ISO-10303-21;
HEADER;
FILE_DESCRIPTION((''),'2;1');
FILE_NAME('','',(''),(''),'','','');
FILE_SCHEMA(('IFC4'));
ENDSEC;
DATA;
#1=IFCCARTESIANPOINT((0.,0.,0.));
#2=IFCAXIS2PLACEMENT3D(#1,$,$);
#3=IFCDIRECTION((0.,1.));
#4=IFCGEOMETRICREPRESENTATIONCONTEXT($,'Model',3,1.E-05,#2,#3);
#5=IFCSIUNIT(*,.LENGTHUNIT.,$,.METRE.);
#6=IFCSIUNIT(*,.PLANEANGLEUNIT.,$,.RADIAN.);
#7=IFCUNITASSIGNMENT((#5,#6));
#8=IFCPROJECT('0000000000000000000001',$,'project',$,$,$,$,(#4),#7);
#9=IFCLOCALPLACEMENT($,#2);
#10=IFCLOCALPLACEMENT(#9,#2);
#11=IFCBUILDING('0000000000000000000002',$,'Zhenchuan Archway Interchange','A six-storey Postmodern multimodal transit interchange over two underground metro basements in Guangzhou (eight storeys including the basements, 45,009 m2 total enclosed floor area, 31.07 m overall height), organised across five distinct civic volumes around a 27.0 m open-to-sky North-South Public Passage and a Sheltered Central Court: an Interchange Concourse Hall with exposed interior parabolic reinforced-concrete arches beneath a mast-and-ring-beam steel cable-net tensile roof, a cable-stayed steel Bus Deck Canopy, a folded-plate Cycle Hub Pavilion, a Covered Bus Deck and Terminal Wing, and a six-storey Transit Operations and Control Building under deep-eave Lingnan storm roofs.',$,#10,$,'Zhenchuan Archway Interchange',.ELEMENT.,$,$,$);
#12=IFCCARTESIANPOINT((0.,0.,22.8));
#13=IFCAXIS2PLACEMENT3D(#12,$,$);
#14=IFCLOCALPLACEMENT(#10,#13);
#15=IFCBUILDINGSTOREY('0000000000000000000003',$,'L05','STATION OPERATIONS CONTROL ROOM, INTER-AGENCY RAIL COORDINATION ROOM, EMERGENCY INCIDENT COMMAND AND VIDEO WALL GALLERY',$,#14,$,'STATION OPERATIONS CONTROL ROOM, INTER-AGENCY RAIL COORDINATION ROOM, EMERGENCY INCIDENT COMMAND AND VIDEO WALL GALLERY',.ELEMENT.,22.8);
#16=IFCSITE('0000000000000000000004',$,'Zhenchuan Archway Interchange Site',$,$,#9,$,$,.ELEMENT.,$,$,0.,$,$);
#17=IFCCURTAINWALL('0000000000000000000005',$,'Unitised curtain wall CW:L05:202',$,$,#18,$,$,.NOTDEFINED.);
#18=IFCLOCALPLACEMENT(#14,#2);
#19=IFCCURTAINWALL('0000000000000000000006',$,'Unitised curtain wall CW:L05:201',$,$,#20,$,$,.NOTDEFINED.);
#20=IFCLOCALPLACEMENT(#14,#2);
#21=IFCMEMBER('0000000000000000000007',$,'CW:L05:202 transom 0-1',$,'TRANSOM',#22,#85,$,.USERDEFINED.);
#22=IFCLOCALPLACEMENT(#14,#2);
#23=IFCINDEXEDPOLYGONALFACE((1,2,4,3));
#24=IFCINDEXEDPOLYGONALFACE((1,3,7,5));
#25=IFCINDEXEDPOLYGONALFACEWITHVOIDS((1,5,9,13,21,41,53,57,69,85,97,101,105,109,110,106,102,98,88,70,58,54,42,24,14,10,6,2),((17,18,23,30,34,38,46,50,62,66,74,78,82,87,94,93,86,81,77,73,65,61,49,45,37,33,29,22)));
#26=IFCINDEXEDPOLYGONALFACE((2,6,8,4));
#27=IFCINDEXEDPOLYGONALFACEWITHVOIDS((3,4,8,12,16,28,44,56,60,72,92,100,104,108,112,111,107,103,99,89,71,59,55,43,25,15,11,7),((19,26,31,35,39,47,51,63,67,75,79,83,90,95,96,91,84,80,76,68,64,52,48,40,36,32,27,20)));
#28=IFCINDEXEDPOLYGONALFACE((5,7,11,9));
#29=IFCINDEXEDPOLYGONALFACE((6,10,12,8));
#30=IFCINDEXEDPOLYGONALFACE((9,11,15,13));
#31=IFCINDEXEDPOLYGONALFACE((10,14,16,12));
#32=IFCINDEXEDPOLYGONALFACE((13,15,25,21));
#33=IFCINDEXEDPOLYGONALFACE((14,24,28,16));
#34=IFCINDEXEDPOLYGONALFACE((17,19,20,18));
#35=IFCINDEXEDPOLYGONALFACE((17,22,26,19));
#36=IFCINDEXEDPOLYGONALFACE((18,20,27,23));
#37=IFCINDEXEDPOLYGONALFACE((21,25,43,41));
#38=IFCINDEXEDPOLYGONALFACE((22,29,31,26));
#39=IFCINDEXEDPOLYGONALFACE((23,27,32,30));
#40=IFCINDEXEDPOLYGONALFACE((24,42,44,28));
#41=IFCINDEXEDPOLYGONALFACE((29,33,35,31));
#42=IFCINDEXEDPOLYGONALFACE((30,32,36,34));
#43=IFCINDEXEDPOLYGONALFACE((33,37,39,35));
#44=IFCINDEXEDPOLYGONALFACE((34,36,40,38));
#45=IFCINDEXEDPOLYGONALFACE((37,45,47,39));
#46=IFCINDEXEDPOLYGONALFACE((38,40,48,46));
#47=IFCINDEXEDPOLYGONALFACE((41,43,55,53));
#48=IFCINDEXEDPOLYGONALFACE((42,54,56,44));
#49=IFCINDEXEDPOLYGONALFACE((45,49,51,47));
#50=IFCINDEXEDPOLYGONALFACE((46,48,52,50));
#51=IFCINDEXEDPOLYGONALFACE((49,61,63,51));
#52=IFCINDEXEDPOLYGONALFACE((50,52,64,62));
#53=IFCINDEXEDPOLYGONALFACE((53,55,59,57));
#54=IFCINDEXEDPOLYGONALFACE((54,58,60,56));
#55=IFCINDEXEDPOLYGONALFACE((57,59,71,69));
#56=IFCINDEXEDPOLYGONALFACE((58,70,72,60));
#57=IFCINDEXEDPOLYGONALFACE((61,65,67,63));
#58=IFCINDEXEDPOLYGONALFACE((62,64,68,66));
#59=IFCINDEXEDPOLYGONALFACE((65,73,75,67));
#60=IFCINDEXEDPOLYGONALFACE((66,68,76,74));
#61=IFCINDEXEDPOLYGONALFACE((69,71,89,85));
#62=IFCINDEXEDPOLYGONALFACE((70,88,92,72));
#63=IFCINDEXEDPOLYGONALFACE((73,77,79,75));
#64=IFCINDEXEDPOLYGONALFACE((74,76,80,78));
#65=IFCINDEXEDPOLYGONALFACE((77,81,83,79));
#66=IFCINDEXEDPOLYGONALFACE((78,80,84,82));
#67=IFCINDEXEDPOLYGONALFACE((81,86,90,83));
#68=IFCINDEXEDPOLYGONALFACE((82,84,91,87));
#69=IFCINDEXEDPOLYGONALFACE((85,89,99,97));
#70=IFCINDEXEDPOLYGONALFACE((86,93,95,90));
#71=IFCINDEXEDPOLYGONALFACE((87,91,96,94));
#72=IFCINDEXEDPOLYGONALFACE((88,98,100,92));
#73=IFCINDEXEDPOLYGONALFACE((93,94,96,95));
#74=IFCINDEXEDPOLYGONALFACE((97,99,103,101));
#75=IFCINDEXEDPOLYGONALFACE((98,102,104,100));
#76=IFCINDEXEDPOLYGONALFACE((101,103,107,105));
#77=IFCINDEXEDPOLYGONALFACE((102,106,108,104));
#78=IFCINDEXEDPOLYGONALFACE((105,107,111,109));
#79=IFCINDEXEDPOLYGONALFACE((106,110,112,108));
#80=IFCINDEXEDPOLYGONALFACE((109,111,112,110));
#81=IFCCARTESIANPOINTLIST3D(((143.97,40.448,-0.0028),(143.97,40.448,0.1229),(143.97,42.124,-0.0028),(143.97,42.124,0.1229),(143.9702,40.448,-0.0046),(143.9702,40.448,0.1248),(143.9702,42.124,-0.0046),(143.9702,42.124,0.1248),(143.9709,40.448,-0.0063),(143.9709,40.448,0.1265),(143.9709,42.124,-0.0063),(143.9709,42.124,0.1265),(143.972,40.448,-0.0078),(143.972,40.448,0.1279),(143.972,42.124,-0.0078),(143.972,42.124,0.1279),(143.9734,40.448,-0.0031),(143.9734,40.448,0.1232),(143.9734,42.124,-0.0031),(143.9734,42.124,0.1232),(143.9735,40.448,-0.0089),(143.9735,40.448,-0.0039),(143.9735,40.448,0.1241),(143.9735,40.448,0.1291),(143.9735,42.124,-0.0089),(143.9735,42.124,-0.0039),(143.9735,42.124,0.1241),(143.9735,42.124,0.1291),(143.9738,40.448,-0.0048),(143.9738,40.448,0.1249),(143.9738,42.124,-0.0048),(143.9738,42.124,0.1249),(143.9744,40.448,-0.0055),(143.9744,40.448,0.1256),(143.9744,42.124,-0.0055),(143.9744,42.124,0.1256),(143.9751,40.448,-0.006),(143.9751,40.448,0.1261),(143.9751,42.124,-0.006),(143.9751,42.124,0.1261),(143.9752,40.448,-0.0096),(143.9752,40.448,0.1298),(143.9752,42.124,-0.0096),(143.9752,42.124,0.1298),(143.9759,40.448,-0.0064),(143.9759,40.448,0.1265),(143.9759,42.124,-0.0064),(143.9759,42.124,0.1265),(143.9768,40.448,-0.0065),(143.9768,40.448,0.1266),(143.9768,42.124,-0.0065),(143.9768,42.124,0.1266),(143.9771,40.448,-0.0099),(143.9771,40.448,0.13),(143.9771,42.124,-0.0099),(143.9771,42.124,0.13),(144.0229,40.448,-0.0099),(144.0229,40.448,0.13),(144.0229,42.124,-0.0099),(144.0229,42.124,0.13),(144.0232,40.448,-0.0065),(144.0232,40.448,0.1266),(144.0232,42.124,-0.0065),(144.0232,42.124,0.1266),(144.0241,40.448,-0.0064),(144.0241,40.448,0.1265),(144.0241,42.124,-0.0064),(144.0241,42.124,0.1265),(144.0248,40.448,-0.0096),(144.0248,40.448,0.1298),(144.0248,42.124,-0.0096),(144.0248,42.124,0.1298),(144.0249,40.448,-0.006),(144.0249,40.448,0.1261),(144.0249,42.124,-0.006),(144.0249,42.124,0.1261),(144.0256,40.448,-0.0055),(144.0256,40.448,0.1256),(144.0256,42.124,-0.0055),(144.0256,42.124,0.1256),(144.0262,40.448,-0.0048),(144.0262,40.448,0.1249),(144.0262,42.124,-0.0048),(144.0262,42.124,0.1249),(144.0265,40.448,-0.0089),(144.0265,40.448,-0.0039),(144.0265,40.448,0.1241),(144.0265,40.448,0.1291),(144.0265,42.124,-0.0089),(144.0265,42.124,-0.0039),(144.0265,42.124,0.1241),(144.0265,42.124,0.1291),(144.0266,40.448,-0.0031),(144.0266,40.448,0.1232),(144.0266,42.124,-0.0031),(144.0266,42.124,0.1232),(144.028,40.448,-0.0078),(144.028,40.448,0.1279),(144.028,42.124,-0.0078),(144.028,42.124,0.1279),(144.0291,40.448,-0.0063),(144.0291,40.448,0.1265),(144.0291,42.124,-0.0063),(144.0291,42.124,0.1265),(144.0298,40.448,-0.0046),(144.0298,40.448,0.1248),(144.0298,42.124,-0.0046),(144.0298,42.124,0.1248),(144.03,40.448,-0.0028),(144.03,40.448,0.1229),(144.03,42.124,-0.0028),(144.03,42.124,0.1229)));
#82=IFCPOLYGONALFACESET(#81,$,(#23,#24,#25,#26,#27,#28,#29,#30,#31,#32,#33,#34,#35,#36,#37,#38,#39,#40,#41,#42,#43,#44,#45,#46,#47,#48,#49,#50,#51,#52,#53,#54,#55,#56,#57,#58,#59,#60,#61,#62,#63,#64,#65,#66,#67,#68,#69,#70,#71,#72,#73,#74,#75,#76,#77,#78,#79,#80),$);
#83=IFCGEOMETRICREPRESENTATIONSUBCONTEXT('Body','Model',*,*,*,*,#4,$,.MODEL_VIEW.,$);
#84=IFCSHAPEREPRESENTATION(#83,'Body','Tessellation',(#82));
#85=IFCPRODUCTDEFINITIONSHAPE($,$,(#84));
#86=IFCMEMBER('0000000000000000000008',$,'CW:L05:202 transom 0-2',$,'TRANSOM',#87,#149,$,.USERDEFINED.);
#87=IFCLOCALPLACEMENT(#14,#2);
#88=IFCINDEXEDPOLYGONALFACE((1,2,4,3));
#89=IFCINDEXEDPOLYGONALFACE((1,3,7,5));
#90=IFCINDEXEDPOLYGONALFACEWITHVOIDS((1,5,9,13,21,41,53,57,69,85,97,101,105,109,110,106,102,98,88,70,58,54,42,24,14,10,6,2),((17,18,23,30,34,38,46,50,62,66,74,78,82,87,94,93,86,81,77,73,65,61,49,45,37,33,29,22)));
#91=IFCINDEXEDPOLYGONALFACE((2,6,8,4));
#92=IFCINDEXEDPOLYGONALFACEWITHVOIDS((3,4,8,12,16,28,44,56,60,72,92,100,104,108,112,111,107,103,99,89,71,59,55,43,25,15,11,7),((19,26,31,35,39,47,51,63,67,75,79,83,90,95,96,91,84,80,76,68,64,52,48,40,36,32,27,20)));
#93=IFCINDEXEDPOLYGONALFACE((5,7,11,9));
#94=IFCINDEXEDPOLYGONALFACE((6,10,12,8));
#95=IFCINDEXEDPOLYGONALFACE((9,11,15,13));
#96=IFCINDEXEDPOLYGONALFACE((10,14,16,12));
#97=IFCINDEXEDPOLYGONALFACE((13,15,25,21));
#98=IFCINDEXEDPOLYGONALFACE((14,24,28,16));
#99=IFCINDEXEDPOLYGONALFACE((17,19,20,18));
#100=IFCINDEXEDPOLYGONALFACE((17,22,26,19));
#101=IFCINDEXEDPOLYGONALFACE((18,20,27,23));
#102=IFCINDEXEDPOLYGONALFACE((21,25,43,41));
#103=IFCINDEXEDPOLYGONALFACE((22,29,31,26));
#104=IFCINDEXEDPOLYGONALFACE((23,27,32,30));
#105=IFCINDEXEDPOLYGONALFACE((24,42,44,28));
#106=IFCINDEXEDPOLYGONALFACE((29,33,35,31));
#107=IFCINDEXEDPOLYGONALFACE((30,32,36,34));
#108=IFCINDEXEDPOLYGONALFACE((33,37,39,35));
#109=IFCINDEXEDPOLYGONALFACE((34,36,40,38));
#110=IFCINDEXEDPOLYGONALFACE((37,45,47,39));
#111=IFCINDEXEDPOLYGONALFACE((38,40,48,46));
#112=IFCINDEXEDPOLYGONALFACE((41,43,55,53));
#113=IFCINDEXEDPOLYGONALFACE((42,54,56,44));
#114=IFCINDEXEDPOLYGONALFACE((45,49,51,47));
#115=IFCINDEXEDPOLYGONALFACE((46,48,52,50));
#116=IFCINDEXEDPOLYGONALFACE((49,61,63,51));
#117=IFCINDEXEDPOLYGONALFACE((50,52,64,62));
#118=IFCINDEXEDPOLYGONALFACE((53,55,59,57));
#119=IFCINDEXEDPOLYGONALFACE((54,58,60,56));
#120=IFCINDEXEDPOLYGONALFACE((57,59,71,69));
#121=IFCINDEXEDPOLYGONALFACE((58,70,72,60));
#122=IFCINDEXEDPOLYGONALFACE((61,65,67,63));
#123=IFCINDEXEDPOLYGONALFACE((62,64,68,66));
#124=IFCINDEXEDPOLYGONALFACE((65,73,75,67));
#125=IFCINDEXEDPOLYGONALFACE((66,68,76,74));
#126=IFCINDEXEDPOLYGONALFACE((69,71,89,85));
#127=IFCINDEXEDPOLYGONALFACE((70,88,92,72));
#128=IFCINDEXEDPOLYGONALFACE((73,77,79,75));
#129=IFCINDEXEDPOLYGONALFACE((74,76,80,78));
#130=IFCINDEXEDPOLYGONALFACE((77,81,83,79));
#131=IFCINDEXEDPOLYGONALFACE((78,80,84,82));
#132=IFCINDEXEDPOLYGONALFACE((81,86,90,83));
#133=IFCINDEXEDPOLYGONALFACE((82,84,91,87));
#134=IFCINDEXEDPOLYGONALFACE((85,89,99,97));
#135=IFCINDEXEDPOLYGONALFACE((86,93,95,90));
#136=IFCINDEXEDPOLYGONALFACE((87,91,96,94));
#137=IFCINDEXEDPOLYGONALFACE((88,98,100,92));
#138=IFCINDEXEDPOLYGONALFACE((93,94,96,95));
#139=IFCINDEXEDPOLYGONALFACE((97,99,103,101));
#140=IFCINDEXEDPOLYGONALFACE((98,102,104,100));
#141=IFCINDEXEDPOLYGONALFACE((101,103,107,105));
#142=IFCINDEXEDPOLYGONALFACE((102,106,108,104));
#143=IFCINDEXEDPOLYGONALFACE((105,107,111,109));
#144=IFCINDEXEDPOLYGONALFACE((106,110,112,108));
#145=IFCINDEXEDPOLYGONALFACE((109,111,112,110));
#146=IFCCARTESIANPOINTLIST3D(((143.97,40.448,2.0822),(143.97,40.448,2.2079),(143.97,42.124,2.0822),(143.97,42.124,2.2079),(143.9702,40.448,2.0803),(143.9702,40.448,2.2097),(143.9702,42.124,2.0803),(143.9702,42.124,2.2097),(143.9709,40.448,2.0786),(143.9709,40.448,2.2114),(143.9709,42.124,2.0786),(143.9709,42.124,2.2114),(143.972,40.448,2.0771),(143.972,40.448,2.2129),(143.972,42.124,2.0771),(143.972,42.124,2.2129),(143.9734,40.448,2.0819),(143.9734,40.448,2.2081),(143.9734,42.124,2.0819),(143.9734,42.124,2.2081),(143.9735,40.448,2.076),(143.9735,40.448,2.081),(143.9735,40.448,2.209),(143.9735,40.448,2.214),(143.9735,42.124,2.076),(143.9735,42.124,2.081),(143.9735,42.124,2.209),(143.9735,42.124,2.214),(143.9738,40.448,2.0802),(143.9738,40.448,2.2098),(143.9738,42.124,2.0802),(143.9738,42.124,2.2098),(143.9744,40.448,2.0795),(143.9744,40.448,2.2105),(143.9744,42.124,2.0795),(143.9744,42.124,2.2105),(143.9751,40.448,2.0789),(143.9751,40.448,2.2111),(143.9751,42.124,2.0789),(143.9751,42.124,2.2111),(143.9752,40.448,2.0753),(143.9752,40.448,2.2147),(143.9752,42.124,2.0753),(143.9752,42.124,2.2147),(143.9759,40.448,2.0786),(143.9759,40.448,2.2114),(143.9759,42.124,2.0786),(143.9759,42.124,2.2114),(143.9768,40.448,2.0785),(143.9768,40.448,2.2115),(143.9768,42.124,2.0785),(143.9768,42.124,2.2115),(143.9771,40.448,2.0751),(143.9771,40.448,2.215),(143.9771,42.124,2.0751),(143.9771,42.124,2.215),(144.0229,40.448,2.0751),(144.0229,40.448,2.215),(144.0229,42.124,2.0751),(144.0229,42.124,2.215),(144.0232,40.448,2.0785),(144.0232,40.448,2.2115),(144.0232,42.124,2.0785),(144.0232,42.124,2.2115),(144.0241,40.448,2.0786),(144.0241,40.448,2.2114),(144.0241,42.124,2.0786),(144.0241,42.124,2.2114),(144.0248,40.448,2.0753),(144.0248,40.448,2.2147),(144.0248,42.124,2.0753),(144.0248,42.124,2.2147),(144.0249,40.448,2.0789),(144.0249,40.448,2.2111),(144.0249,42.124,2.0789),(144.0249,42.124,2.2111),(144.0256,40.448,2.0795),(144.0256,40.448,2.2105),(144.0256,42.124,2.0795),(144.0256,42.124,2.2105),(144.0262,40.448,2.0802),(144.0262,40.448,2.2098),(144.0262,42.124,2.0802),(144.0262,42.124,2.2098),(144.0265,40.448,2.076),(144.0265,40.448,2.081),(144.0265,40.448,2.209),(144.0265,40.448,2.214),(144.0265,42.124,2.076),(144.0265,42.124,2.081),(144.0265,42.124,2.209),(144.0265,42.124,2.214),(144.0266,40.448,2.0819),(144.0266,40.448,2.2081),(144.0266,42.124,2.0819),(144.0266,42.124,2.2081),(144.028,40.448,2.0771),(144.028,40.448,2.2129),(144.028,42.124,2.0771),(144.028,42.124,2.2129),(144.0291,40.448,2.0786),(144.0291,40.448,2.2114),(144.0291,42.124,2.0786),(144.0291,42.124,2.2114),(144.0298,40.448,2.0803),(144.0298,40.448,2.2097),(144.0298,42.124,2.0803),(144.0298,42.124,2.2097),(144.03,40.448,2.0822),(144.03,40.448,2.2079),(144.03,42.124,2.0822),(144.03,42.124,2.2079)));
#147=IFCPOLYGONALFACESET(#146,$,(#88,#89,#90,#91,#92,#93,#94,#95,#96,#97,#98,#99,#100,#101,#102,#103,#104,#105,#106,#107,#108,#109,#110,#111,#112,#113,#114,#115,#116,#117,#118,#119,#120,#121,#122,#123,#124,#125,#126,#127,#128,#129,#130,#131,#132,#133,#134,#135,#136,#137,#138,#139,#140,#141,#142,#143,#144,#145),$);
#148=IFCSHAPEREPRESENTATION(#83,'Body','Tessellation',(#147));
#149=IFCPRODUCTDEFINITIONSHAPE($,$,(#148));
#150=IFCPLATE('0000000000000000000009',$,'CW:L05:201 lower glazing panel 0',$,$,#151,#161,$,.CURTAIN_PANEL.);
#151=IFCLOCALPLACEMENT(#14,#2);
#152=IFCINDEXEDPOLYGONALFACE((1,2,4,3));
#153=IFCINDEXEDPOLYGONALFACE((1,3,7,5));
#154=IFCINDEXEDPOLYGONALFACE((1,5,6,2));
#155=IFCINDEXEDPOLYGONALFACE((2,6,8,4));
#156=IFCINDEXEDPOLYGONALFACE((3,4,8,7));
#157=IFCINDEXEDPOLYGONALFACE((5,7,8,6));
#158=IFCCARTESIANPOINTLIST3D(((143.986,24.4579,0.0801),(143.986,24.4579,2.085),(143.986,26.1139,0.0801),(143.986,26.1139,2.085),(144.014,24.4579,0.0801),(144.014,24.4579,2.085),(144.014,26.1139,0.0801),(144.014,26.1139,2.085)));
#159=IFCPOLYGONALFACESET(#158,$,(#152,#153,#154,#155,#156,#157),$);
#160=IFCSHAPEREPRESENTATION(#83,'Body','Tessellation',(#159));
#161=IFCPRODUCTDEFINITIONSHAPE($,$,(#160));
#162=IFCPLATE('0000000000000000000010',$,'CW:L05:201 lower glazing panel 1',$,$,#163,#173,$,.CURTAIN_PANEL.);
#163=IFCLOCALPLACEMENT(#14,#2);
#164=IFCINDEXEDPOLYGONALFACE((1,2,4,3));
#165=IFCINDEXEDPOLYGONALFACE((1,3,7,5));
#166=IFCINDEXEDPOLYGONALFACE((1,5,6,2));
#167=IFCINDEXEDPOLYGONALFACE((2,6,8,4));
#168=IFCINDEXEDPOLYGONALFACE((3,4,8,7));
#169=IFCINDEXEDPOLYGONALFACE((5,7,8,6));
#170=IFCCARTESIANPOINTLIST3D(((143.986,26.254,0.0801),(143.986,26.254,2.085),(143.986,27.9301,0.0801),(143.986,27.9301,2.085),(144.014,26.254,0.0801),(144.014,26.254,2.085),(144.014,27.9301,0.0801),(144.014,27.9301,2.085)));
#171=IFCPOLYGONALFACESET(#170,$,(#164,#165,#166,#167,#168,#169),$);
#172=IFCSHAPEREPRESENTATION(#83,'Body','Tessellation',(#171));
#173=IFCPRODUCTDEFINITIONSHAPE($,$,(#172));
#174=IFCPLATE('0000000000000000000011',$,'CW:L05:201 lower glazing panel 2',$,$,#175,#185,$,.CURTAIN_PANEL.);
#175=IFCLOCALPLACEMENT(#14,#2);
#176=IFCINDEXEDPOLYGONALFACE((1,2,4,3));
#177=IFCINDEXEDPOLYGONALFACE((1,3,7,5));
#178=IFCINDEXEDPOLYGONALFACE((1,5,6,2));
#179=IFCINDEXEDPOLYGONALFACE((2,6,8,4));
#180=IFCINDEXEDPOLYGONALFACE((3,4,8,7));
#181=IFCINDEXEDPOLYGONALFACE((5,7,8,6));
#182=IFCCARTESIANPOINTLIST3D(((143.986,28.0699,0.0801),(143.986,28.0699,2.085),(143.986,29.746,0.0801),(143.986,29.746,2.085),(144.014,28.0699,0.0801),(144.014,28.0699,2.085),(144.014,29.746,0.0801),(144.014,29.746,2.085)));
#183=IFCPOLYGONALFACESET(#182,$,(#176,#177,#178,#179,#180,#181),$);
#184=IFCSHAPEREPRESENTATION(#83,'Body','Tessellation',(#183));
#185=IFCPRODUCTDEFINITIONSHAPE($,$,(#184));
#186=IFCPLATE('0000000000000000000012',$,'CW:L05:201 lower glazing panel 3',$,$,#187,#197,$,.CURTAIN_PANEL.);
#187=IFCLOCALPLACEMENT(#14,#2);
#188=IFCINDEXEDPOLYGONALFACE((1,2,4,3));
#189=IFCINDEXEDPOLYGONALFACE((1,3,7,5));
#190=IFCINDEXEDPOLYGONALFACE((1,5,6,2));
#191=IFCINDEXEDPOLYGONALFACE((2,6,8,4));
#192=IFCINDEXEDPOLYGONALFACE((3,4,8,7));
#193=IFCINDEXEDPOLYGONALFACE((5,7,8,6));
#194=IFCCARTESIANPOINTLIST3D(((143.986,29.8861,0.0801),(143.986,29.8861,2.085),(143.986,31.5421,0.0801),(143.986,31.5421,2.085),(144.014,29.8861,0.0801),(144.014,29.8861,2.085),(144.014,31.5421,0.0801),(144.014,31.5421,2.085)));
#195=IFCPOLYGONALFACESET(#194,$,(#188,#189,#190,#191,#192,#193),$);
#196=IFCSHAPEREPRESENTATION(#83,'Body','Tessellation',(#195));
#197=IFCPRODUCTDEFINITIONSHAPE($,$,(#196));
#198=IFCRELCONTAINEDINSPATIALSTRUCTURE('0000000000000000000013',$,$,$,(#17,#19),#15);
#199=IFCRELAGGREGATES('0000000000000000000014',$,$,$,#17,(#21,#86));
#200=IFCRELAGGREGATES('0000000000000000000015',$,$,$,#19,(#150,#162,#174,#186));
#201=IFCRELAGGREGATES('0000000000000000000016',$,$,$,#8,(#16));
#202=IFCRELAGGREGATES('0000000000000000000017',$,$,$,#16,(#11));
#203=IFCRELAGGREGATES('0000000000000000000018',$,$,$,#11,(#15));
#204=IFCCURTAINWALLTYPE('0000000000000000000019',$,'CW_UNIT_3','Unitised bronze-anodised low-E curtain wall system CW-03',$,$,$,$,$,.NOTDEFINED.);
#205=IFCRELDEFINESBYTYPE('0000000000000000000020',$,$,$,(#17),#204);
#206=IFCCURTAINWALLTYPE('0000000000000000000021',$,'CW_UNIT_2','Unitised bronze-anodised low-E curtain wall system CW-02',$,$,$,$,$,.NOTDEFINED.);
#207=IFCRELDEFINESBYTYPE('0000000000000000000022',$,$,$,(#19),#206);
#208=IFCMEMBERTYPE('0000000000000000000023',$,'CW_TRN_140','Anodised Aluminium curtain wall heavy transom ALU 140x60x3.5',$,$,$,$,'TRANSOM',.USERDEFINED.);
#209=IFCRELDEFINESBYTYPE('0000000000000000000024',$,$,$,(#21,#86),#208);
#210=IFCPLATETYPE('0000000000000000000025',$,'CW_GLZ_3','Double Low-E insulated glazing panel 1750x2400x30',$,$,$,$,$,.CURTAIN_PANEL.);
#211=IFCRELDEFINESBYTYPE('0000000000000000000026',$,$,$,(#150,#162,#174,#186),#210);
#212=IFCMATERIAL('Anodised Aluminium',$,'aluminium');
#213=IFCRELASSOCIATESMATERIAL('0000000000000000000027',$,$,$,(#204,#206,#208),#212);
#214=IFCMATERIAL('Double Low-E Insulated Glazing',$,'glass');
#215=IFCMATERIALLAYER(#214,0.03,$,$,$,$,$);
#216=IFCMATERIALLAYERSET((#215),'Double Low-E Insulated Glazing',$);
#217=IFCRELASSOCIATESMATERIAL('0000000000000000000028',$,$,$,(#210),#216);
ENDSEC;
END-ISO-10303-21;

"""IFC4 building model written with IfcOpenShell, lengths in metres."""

from ifc_helpers import new_model, si_unit, direction, frame, origin, origin_2d, place, context, subcontext, project, spatial, rectangle, hollow_rectangle, extrude, material, layer, layer_set, material_profile, profile_set, type_object, element, aggregate, save


model = new_model("IFC4")

# Units and contexts
model_context = context("Model", 3, precision=1e-05, world=origin(), true_north=direction((0.0, 1.0)))
body_context = subcontext(model_context, "Body", "Model", "MODEL_VIEW")
ifc_project = project(units=[si_unit("LENGTHUNIT", "METRE"), si_unit("PLANEANGLEUNIT", "RADIAN")], contexts=[model_context])

# Site, building, storey
site_placement = place(None, origin())
site = spatial("IfcSite", under=ifc_project, at=site_placement, Name="Zhenchuan Archway Interchange Site", CompositionType="ELEMENT", RefElevation=0.0)
building_placement = place(site_placement, origin())
building = spatial("IfcBuilding", under=site, at=building_placement, Name="Zhenchuan Archway Interchange", Description="A six-storey Postmodern multimodal transit interchange over two underground metro basements in Guangzhou (eight storeys including the basements, 45,009 m2 total enclosed floor area, 31.07 m overall height), organised across five distinct civic volumes around a 27.0 m open-to-sky North-South Public Passage and a Sheltered Central Court: an Interchange Concourse Hall with exposed interior parabolic reinforced-concrete arches beneath a mast-and-ring-beam steel cable-net tensile roof, a cable-stayed steel Bus Deck Canopy, a folded-plate Cycle Hub Pavilion, a Covered Bus Deck and Terminal Wing, and a six-storey Transit Operations and Control Building under deep-eave Lingnan storm roofs.", LongName="Zhenchuan Archway Interchange", CompositionType="ELEMENT")
storey_placement = place(building_placement, frame((0.0, 0.0, 22.8)))
storey = spatial("IfcBuildingStorey", under=building, at=storey_placement, Name="L05", Description="STATION OPERATIONS CONTROL ROOM, INTER-AGENCY RAIL COORDINATION ROOM, EMERGENCY INCIDENT COMMAND AND VIDEO WALL GALLERY", LongName="STATION OPERATIONS CONTROL ROOM, INTER-AGENCY RAIL COORDINATION ROOM, EMERGENCY INCIDENT COMMAND AND VIDEO WALL GALLERY", CompositionType="ELEMENT", Elevation=22.8)

# Curtain wall
ifc_material_1 = material(Name="Anodised Aluminium", Category="aluminium")
curtain_wall_type_1 = type_object("IfcCurtainWallType", Name="CW_UNIT_3", Description="Unitised bronze-anodised low-E curtain wall system CW-03", PredefinedType="NOTDEFINED", material=ifc_material_1)
curtain_wall_1_placement = place(storey_placement, origin())
curtain_wall_1 = element("IfcCurtainWall", 1, at=curtain_wall_1_placement, inside=storey, type_object=curtain_wall_type_1, Name="Unitised curtain wall CW:L05:202", PredefinedType="NOTDEFINED")

# Curtain wall
curtain_wall_type_2 = type_object("IfcCurtainWallType", Name="CW_UNIT_2", Description="Unitised bronze-anodised low-E curtain wall system CW-02", PredefinedType="NOTDEFINED", material=ifc_material_1)
curtain_wall_2_placement = place(storey_placement, origin())
curtain_wall_2 = element("IfcCurtainWall", 2, at=curtain_wall_2_placement, inside=storey, type_object=curtain_wall_type_2, Name="Unitised curtain wall CW:L05:201", PredefinedType="NOTDEFINED")
ifc_material_profile_1 = material_profile(ifc_material_1, hollow_rectangle(XDim=0.0601, YDim=0.1399, WallThickness=0.0034, InnerFilletRadius=0.0034, OuterFilletRadius=0.0071, at=origin_2d()), Name="ALU 140x60x3.5")
ifc_profile_set_1 = profile_set([ifc_material_profile_1], Name="Anodised Aluminium")
member_type_1 = type_object("IfcMemberType", Name="CW_TRN_140", Description="Anodised Aluminium curtain wall heavy transom ALU 140x60x3.5", ElementType="TRANSOM", PredefinedType="USERDEFINED", material=ifc_profile_set_1)

# Members
member_1_placement = place(storey_placement, frame((144.0, 40.448, 0.0601), z_axis=(0.0, 1.0, 0.0), x_axis=(-1.0, 0.0, 0.0)))
member_1 = element("IfcMember", 3, at=member_1_placement, type_object=member_type_1, Name="CW:L05:202 transom 0-1", ObjectType="TRANSOM", PredefinedType="USERDEFINED", context=body_context, shape_type="SweptSolid", body=[
    extrude(hollow_rectangle(XDim=0.0601, YDim=0.1399, WallThickness=0.0034, InnerFilletRadius=0.0034, OuterFilletRadius=0.0071, at=origin_2d()), origin(), (0.0, 0.0, 1.0), 1.676),
])
member_2_placement = place(storey_placement, frame((144.0, 40.448, 2.145), z_axis=(0.0, 1.0, 0.0), x_axis=(-1.0, 0.0, 0.0)))
member_2 = element("IfcMember", 4, at=member_2_placement, type_object=member_type_1, Name="CW:L05:202 transom 0-2", ObjectType="TRANSOM", PredefinedType="USERDEFINED", context=body_context, shape_type="SweptSolid", body=[
    extrude(hollow_rectangle(XDim=0.0601, YDim=0.1399, WallThickness=0.0034, InnerFilletRadius=0.0034, OuterFilletRadius=0.0071, at=origin_2d()), origin(), (0.0, 0.0, 1.0), 1.676),
])
aggregate(curtain_wall_1, [member_1, member_2])

# Plates
ifc_material_2 = material(Name="Double Low-E Insulated Glazing", Category="glass")
ifc_layer_1 = layer(ifc_material_2, 0.03)
ifc_layer_set_1 = layer_set([ifc_layer_1], Name="Double Low-E Insulated Glazing")
plate_type_1 = type_object("IfcPlateType", Name="CW_GLZ_3", Description="Double Low-E insulated glazing panel 1750x2400x30", PredefinedType="CURTAIN_PANEL", material=ifc_layer_set_1)
plate_1_placement = place(storey_placement, frame((144.0, 25.2859, 0.0801), z_axis=(0.0, 0.0, 1.0), x_axis=(0.0, 1.0, 0.0)))
plate_1 = element("IfcPlate", 5, at=plate_1_placement, type_object=plate_type_1, Name="CW:L05:201 lower glazing panel 0", PredefinedType="CURTAIN_PANEL", context=body_context, shape_type="SweptSolid", body=[
    extrude(rectangle(XDim=1.656, YDim=0.0281, at=origin_2d()), origin(), (0.0, 0.0, 1.0), 2.0049),
])
plate_2_placement = place(storey_placement, frame((144.0, 27.092, 0.0801), z_axis=(0.0, 0.0, 1.0), x_axis=(0.0, 1.0, 0.0)))
plate_2 = element("IfcPlate", 6, at=plate_2_placement, type_object=plate_type_1, Name="CW:L05:201 lower glazing panel 1", PredefinedType="CURTAIN_PANEL", context=body_context, shape_type="SweptSolid", body=[
    extrude(rectangle(XDim=1.676, YDim=0.0281, at=origin_2d()), origin(), (0.0, 0.0, 1.0), 2.0049),
])
plate_3_placement = place(storey_placement, frame((144.0, 28.908, 0.0801), z_axis=(0.0, 0.0, 1.0), x_axis=(0.0, 1.0, 0.0)))
plate_3 = element("IfcPlate", 7, at=plate_3_placement, type_object=plate_type_1, Name="CW:L05:201 lower glazing panel 2", PredefinedType="CURTAIN_PANEL", context=body_context, shape_type="SweptSolid", body=[
    extrude(rectangle(XDim=1.676, YDim=0.0281, at=origin_2d()), origin(), (0.0, 0.0, 1.0), 2.0049),
])
plate_4_placement = place(storey_placement, frame((144.0, 30.7141, 0.0801), z_axis=(0.0, 0.0, 1.0), x_axis=(0.0, 1.0, 0.0)))
plate_4 = element("IfcPlate", 8, at=plate_4_placement, type_object=plate_type_1, Name="CW:L05:201 lower glazing panel 3", PredefinedType="CURTAIN_PANEL", context=body_context, shape_type="SweptSolid", body=[
    extrude(rectangle(XDim=1.656, YDim=0.0281, at=origin_2d()), origin(), (0.0, 0.0, 1.0), 2.0049),
])
aggregate(curtain_wall_2, [plate_1, plate_2, plate_3, plate_4])

save(model, "model.ifc")
